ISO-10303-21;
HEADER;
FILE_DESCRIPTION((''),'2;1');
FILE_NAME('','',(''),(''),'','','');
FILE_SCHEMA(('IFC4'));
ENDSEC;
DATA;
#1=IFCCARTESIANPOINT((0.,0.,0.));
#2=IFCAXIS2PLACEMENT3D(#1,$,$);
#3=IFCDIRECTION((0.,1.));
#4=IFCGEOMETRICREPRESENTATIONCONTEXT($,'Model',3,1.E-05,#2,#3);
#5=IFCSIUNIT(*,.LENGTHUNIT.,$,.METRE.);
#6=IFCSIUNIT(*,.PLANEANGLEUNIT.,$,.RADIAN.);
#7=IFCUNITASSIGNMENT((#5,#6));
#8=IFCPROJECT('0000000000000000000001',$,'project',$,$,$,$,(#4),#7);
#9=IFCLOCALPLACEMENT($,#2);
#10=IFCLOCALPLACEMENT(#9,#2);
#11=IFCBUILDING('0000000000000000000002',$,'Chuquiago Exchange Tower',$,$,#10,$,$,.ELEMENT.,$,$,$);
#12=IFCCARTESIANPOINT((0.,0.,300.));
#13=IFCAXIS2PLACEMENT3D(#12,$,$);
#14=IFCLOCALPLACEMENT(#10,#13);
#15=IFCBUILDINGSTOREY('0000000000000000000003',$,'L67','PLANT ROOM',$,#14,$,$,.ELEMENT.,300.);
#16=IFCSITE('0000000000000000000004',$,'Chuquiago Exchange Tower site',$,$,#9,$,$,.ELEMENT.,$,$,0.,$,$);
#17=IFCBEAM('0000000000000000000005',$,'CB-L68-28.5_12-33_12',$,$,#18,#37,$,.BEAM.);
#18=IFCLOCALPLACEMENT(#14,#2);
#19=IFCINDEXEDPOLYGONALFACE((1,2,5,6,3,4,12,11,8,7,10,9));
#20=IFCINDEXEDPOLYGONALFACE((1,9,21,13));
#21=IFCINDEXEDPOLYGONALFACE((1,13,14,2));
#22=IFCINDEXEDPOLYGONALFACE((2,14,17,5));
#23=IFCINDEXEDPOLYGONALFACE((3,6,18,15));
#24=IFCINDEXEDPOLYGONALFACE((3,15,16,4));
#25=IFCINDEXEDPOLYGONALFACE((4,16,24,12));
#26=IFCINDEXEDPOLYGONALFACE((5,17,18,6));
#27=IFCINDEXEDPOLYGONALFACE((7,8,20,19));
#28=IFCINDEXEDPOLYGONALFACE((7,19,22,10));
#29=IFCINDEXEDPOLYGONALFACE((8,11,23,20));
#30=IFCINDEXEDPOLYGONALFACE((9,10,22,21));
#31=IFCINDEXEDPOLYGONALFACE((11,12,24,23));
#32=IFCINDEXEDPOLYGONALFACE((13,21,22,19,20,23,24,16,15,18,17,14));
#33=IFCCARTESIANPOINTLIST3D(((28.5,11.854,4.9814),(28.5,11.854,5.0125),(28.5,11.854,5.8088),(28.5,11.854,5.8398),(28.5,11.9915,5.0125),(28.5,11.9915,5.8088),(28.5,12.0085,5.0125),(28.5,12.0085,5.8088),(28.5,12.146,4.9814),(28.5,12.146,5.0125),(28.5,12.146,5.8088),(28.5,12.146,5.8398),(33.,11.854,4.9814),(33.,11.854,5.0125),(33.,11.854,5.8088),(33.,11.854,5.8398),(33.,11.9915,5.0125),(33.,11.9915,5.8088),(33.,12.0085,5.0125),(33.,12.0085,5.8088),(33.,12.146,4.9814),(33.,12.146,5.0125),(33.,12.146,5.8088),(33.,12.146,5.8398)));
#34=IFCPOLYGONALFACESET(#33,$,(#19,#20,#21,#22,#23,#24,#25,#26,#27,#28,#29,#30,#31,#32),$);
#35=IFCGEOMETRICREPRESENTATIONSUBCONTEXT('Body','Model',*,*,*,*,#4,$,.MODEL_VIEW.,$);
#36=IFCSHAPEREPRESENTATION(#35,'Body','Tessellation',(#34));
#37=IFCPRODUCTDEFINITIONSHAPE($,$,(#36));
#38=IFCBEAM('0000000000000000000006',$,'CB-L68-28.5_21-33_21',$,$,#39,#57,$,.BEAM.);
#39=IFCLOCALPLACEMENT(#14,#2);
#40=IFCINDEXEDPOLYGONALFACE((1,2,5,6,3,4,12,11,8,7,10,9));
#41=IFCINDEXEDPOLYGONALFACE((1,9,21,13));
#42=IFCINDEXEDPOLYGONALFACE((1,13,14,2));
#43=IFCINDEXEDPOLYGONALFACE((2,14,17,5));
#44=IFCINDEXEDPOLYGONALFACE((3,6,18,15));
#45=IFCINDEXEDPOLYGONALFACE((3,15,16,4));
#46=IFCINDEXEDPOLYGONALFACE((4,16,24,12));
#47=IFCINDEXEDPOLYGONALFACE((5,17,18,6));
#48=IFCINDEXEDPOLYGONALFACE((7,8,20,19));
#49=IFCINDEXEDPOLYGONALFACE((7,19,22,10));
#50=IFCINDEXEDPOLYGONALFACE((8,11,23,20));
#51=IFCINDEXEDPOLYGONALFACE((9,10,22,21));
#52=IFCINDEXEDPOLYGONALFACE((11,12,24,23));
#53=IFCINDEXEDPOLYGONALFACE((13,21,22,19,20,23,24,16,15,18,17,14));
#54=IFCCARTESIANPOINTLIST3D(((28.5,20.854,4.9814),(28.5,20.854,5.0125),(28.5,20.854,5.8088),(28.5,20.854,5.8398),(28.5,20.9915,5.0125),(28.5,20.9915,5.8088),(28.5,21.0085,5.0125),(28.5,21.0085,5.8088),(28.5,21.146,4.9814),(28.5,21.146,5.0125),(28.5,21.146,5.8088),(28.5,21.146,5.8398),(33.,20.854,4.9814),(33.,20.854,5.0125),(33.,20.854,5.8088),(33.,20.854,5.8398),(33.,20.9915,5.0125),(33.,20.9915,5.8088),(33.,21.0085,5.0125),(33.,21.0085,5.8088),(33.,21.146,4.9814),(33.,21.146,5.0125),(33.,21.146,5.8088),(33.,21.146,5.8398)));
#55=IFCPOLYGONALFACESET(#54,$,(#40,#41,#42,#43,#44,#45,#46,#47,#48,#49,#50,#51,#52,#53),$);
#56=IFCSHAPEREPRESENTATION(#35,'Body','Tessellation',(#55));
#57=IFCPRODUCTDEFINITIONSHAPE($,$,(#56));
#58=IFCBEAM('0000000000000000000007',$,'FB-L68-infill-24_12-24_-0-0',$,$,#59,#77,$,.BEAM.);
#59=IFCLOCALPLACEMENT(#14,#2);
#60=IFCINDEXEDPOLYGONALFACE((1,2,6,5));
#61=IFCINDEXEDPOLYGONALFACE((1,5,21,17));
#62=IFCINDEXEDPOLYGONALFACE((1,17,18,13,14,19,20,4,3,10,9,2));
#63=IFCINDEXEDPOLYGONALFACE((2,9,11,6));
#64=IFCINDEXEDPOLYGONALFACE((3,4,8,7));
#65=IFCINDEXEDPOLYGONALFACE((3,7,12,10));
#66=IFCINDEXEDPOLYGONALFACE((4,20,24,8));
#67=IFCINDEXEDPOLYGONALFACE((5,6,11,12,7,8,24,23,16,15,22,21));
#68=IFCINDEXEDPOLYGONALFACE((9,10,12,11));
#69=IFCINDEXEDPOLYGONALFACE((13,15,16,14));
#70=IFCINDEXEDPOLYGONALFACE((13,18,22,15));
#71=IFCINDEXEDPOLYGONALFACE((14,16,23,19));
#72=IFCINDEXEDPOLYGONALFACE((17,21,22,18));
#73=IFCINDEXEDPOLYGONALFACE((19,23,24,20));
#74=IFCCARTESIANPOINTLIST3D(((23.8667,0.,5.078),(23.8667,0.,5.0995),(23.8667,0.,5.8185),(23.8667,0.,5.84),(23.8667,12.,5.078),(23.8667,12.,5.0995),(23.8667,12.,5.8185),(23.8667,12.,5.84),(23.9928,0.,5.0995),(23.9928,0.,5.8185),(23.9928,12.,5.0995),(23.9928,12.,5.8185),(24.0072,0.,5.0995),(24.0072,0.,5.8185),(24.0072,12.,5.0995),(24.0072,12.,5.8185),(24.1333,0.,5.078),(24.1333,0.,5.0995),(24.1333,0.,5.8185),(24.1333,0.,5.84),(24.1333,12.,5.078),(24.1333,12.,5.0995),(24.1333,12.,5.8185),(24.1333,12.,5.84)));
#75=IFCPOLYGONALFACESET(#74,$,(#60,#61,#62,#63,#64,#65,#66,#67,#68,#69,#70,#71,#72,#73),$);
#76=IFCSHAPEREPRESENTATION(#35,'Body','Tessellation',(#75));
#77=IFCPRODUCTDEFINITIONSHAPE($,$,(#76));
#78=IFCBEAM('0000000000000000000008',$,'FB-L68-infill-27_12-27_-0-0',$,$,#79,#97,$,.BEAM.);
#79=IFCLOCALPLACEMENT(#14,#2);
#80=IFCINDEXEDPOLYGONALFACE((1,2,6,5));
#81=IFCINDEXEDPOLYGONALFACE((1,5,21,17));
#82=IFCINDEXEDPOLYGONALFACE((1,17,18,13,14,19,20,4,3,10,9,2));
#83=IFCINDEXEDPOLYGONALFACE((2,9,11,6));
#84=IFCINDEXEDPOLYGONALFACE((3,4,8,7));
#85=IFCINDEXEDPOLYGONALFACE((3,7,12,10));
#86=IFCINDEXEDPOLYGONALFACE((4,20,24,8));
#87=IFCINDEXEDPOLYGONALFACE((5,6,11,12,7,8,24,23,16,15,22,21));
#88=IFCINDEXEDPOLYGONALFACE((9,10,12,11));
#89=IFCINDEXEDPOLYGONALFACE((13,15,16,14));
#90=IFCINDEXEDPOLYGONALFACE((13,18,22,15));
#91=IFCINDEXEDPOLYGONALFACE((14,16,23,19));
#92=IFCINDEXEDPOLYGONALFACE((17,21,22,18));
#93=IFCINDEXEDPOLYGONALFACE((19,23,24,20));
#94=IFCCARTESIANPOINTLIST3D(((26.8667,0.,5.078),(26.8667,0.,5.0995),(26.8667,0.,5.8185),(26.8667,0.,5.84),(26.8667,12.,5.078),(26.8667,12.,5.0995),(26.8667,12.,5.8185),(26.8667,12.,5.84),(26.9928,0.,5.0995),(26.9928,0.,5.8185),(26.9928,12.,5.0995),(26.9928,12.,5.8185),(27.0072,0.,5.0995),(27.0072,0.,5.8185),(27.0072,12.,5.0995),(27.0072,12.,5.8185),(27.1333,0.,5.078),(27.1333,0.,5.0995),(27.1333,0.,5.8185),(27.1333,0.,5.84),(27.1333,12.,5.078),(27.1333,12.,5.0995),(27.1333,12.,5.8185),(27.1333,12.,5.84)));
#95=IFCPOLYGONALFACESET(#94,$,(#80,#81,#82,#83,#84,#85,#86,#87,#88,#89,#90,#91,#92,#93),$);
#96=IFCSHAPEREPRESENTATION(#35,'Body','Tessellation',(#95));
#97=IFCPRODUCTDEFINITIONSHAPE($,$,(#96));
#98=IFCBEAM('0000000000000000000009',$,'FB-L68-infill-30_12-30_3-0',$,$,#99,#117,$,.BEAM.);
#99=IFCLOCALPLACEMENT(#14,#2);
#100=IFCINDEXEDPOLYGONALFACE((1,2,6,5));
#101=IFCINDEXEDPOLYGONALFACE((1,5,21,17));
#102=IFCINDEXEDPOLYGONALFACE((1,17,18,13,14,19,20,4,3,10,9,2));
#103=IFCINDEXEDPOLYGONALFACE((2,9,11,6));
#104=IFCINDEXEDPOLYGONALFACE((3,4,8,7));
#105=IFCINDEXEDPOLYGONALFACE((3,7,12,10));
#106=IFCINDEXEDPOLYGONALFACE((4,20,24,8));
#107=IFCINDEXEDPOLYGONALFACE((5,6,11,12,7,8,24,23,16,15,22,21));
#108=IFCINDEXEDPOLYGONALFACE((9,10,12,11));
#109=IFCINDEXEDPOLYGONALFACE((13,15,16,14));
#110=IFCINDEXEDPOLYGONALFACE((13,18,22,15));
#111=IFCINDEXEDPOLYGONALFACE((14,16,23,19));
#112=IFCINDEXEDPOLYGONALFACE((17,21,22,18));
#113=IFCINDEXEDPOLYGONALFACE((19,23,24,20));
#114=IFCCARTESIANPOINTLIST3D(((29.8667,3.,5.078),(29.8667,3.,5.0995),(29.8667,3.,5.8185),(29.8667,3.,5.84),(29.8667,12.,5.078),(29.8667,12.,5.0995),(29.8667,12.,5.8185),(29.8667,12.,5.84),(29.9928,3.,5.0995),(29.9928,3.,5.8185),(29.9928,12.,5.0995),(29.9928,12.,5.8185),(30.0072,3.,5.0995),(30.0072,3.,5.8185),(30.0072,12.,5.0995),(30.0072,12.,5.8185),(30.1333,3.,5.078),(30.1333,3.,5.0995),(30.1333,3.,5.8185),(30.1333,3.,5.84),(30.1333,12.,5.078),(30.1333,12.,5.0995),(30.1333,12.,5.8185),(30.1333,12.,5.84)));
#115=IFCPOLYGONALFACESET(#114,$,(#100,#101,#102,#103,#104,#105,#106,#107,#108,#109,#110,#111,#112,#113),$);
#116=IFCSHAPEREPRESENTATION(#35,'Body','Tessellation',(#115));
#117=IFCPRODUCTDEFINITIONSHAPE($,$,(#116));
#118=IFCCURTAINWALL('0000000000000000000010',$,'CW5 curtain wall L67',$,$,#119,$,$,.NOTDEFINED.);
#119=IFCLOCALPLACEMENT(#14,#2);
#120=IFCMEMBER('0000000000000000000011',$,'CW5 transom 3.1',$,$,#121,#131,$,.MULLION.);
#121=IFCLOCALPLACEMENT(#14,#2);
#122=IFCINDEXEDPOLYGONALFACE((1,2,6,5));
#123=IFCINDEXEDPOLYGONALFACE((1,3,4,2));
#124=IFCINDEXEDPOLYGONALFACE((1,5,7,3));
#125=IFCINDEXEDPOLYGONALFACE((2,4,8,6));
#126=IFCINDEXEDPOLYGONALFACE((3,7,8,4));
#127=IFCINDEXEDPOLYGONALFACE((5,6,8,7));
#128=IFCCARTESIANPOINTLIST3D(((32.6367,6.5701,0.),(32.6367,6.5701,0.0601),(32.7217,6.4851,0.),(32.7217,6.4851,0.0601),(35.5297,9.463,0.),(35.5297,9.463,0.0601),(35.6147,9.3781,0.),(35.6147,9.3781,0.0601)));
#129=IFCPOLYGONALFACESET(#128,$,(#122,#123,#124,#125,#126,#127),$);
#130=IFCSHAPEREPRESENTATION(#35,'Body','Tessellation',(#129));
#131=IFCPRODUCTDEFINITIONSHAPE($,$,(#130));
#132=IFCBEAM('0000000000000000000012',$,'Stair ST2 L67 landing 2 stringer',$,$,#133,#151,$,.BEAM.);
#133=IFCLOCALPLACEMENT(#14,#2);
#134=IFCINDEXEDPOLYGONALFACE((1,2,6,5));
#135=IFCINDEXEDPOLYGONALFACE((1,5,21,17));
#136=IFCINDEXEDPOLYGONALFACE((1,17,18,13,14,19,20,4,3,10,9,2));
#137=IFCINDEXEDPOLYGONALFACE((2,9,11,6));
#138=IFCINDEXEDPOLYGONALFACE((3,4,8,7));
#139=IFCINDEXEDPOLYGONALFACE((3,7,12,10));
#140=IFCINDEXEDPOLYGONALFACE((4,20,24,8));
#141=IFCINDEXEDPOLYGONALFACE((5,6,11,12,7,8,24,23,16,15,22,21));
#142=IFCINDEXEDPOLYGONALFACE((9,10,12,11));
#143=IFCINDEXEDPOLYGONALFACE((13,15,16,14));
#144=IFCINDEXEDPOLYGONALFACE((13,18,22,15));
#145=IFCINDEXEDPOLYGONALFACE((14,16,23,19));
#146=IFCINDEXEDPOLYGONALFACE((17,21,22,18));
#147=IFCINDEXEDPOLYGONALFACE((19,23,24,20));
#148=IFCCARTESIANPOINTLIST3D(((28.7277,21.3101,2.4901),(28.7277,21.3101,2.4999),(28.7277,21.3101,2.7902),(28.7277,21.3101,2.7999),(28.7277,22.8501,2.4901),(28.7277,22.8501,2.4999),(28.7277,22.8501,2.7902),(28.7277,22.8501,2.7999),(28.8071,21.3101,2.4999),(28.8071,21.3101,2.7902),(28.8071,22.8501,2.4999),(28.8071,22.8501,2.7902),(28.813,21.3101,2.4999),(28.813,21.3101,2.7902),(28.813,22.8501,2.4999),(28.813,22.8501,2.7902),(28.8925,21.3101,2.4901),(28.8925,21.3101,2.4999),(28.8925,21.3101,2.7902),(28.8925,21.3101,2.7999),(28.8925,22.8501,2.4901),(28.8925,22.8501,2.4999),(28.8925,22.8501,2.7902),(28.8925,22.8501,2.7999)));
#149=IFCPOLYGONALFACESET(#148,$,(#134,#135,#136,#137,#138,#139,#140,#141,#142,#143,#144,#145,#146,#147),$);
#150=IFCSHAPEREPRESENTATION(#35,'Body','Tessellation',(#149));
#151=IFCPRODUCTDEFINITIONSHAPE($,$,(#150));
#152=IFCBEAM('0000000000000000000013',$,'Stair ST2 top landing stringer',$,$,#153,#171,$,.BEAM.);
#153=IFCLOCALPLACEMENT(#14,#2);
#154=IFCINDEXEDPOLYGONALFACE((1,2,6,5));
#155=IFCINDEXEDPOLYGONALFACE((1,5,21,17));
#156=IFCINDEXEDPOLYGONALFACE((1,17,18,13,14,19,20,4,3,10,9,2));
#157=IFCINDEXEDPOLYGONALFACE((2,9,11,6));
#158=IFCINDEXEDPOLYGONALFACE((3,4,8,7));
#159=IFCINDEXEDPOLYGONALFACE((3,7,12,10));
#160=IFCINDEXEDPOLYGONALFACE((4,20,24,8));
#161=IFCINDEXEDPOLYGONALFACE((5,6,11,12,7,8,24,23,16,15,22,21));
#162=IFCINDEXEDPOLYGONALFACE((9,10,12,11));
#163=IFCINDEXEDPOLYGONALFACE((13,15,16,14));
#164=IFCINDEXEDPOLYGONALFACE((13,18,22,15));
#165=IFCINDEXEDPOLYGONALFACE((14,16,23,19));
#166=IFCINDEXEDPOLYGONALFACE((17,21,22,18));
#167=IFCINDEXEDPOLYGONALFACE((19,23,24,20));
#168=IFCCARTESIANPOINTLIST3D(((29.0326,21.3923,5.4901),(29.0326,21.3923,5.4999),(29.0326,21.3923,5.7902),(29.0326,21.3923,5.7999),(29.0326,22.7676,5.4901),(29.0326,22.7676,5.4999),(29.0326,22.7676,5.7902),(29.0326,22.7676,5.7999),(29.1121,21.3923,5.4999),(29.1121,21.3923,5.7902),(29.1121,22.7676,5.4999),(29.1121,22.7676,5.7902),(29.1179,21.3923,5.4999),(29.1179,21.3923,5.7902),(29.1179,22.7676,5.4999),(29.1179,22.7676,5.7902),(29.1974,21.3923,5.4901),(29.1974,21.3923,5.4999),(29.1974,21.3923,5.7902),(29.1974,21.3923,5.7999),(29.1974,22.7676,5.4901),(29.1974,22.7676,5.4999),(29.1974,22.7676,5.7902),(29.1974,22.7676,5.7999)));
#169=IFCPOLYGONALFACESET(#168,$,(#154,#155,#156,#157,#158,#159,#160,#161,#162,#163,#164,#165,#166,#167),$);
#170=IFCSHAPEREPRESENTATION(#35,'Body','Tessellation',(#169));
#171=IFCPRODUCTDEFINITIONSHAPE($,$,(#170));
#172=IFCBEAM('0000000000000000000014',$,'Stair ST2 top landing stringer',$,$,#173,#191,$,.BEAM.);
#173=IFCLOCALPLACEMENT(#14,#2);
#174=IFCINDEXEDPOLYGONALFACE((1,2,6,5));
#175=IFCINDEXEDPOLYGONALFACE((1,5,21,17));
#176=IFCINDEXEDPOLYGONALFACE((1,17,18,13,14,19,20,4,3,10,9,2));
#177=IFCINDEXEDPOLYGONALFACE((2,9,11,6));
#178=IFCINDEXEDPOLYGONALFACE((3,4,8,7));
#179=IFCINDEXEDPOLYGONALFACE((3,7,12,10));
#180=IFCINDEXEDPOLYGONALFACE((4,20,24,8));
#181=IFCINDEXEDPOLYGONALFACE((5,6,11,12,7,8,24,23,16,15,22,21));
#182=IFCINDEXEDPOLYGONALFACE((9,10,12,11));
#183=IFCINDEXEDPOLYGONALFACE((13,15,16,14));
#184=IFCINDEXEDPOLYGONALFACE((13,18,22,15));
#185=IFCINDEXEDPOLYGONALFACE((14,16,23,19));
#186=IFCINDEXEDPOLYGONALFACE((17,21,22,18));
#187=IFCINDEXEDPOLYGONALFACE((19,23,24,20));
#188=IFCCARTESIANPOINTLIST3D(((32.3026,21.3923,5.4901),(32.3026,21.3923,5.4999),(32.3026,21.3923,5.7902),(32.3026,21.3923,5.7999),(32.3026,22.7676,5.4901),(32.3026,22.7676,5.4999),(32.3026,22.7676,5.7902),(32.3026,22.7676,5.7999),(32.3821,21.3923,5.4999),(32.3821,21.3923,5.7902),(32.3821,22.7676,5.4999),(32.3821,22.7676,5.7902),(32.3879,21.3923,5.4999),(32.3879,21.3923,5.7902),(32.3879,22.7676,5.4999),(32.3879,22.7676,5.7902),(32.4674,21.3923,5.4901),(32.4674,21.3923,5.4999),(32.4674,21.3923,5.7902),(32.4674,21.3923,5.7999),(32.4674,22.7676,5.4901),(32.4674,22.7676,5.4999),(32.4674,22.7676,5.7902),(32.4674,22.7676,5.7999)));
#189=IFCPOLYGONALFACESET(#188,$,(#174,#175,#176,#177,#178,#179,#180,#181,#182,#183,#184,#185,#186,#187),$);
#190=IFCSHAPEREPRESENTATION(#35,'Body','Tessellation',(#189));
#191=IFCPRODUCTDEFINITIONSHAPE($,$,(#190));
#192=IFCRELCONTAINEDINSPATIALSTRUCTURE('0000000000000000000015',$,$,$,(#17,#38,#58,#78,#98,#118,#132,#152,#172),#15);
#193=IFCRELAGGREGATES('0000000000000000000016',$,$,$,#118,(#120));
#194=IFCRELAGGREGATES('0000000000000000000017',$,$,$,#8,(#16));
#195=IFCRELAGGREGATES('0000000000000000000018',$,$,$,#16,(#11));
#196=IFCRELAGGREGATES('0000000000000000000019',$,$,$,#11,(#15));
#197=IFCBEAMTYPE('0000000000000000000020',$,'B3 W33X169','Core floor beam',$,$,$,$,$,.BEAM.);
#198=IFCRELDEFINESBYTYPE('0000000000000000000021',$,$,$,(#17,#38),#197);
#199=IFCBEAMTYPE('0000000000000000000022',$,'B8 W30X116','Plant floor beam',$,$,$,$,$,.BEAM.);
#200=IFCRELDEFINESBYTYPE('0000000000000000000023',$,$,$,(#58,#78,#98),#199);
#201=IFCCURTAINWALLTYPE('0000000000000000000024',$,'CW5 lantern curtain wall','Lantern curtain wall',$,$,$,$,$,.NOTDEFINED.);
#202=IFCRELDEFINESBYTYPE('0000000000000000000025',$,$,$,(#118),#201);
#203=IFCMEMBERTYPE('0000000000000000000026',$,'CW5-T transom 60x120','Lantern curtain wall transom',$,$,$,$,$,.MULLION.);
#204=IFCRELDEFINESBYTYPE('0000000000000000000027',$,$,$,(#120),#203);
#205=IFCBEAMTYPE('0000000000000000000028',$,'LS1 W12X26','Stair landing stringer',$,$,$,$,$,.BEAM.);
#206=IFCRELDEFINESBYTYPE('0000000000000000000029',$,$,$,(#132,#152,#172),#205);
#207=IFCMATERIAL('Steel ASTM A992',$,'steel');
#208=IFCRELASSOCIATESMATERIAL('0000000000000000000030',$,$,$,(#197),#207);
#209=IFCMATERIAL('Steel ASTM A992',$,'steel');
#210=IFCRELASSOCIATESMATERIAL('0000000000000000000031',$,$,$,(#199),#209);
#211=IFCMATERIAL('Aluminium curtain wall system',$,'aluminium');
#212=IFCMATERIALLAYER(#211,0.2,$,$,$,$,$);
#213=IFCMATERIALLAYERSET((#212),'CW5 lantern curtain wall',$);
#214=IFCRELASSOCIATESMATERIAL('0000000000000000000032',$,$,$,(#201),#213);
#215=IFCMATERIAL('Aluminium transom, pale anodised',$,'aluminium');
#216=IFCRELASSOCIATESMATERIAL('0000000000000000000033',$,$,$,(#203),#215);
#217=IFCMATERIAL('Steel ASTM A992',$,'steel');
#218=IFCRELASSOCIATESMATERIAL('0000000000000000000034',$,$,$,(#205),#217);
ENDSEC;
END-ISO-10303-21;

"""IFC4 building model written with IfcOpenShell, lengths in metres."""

from ifc_helpers import new_model, si_unit, direction, frame, origin, origin_2d, place, context, subcontext, project, spatial, rectangle, i_section, extrude, material, layer, layer_set, material_profile, profile_set, type_object, element, aggregate, save


model = new_model("IFC4")

# Units and contexts
model_context = context("Model", 3, precision=1e-05, world=origin(), true_north=direction((0.0, 1.0)))
body_context = subcontext(model_context, "Body", "Model", "MODEL_VIEW")
ifc_project = project(units=[si_unit("LENGTHUNIT", "METRE"), si_unit("PLANEANGLEUNIT", "RADIAN")], contexts=[model_context])

# Site, building, storey
site_placement = place(None, origin())
site = spatial("IfcSite", under=ifc_project, at=site_placement, Name="Chuquiago Exchange Tower site", CompositionType="ELEMENT", RefElevation=0.0)
building_placement = place(site_placement, origin())
building = spatial("IfcBuilding", under=site, at=building_placement, Name="Chuquiago Exchange Tower", CompositionType="ELEMENT")
storey_placement = place(building_placement, frame((0.0, 0.0, 300.0)))
storey = spatial("IfcBuildingStorey", under=building, at=storey_placement, Name="L67", Description="PLANT ROOM", CompositionType="ELEMENT", Elevation=300.0)

# Beams
ifc_material_1 = material(Name="Steel ASTM A992", Category="steel")
ifc_material_profile_1 = material_profile(ifc_material_1, i_section(OverallWidth=0.292, OverallDepth=0.8584, WebThickness=0.0171, FlangeThickness=0.031, at=origin_2d()), Name="W33X169")
ifc_profile_set_1 = profile_set([ifc_material_profile_1], Name="Steel ASTM A992")
beam_type_1 = type_object("IfcBeamType", Name="B3 W33X169", Description="Core floor beam", PredefinedType="BEAM", material=ifc_profile_set_1)
for number, where, z_axis, x_axis, name in (
    (1, (28.5, 12.0, 5.4106), (1.0, 0.0, 0.0), (0.0, 1.0, 0.0), "CB-L68-28.5_12-33_12"),
    (2, (28.5, 21.0, 5.4106), (1.0, 0.0, 0.0), (0.0, 1.0, 0.0), "CB-L68-28.5_21-33_21"),
):
    element("IfcBeam", number, at=place(storey_placement, frame(where, z_axis=z_axis, x_axis=x_axis)), inside=storey, type_object=beam_type_1, Name=name, PredefinedType="BEAM", context=body_context, shape_type="SweptSolid", body=[
        extrude(i_section(OverallWidth=0.292, OverallDepth=0.8584, WebThickness=0.0171, FlangeThickness=0.031, at=origin_2d()), origin(), (0.0, 0.0, 1.0), 4.5),
    ])
ifc_material_2 = material(Name="Steel ASTM A992", Category="steel")
ifc_material_profile_2 = material_profile(ifc_material_2, i_section(OverallWidth=0.2666, OverallDepth=0.762, WebThickness=0.0144, FlangeThickness=0.0215, at=origin_2d()), Name="W30X116")
ifc_profile_set_2 = profile_set([ifc_material_profile_2], Name="Steel ASTM A992")
beam_type_2 = type_object("IfcBeamType", Name="B8 W30X116", Description="Plant floor beam", PredefinedType="BEAM", material=ifc_profile_set_2)
for number, where, z_axis, x_axis, name in (
    (3, (24.0, 12.0, 5.459), (0.0, -1.0, 0.0), (1.0, 0.0, 0.0), "FB-L68-infill-24_12-24_-0-0"),
    (4, (27.0, 12.0, 5.459), (0.0, -1.0, 0.0), (1.0, 0.0, 0.0), "FB-L68-infill-27_12-27_-0-0"),
):
    element("IfcBeam", number, at=place(storey_placement, frame(where, z_axis=z_axis, x_axis=x_axis)), inside=storey, type_object=beam_type_2, Name=name, PredefinedType="BEAM", context=body_context, shape_type="SweptSolid", body=[
        extrude(i_section(OverallWidth=0.2666, OverallDepth=0.762, WebThickness=0.0144, FlangeThickness=0.0215, at=origin_2d()), origin(), (0.0, 0.0, 1.0), 12.0),
    ])
beam_1_placement = place(storey_placement, frame((30.0, 12.0, 5.459), z_axis=(0.0, -1.0, 0.0), x_axis=(1.0, 0.0, 0.0)))
element("IfcBeam", 5, at=beam_1_placement, inside=storey, type_object=beam_type_2, Name="FB-L68-infill-30_12-30_3-0", PredefinedType="BEAM", context=body_context, shape_type="SweptSolid", body=[
    extrude(i_section(OverallWidth=0.2666, OverallDepth=0.762, WebThickness=0.0144, FlangeThickness=0.0215, at=origin_2d()), origin(), (0.0, 0.0, 1.0), 9.0),
])

# Curtain wall, member
ifc_material_3 = material(Name="Aluminium curtain wall system", Category="aluminium")
ifc_layer_1 = layer(ifc_material_3, 0.2)
ifc_layer_set_1 = layer_set([ifc_layer_1], Name="CW5 lantern curtain wall")
curtain_wall_type = type_object("IfcCurtainWallType", Name="CW5 lantern curtain wall", Description="Lantern curtain wall", PredefinedType="NOTDEFINED", material=ifc_layer_set_1)
curtain_wall_placement = place(storey_placement, origin())
curtain_wall = element("IfcCurtainWall", 6, at=curtain_wall_placement, inside=storey, type_object=curtain_wall_type, Name="CW5 curtain wall L67", PredefinedType="NOTDEFINED")
ifc_material_4 = material(Name="Aluminium transom, pale anodised", Category="aluminium")
ifc_material_profile_3 = material_profile(ifc_material_4, rectangle(XDim=0.1201, YDim=0.0601, at=origin_2d()), Name="AL 120x60")
ifc_profile_set_3 = profile_set([ifc_material_profile_3], Name="Aluminium transom, pale anodised")
member_type = type_object("IfcMemberType", Name="CW5-T transom 60x120", Description="Lantern curtain wall transom", PredefinedType="MULLION", material=ifc_profile_set_3)
member_placement = place(storey_placement, frame((32.6792, 6.5276, 0.03), z_axis=(0.707107, 0.707107, 0.0), x_axis=(-0.707107, 0.707107, 0.0)))
member = element("IfcMember", 7, at=member_placement, type_object=member_type, Name="CW5 transom 3.1", PredefinedType="MULLION", context=body_context, shape_type="SweptSolid", body=[
    extrude(rectangle(XDim=0.1201, YDim=0.0601, at=origin_2d()), origin(), (0.0, 0.0, 1.0), 4.0913),
])
aggregate(curtain_wall, [member])

# Beams
ifc_material_5 = material(Name="Steel ASTM A992", Category="steel")
ifc_material_profile_4 = material_profile(ifc_material_5, i_section(OverallWidth=0.1648, OverallDepth=0.3098, WebThickness=0.0059, FlangeThickness=0.0098, at=origin_2d()), Name="W12X26")
ifc_profile_set_4 = profile_set([ifc_material_profile_4], Name="Steel ASTM A992")
beam_type_3 = type_object("IfcBeamType", Name="LS1 W12X26", Description="Stair landing stringer", PredefinedType="BEAM", material=ifc_profile_set_4)
beam_2_placement = place(storey_placement, frame((28.8101, 21.3101, 2.645), z_axis=(0.0, 1.0, 0.0), x_axis=(-1.0, 0.0, 0.0)))
element("IfcBeam", 8, at=beam_2_placement, inside=storey, type_object=beam_type_3, Name="Stair ST2 L67 landing 2 stringer", PredefinedType="BEAM", context=body_context, shape_type="SweptSolid", body=[
    extrude(i_section(OverallWidth=0.1648, OverallDepth=0.3098, WebThickness=0.0059, FlangeThickness=0.0098, at=origin_2d()), origin(), (0.0, 0.0, 1.0), 1.54),
])
for number, where, z_axis, x_axis, name in (
    (9, (29.115, 21.3923, 5.645), (0.0, 1.0, 0.0), (-1.0, 0.0, 0.0), "Stair ST2 top landing stringer"),
    (10, (32.385, 21.3923, 5.645), (0.0, 1.0, 0.0), (-1.0, 0.0, 0.0), "Stair ST2 top landing stringer"),
):
    element("IfcBeam", number, at=place(storey_placement, frame(where, z_axis=z_axis, x_axis=x_axis)), inside=storey, type_object=beam_type_3, Name=name, PredefinedType="BEAM", context=body_context, shape_type="SweptSolid", body=[
        extrude(i_section(OverallWidth=0.1648, OverallDepth=0.3098, WebThickness=0.0059, FlangeThickness=0.0098, at=origin_2d()), origin(), (0.0, 0.0, 1.0), 1.3752),
    ])

save(model, "model.ifc")
